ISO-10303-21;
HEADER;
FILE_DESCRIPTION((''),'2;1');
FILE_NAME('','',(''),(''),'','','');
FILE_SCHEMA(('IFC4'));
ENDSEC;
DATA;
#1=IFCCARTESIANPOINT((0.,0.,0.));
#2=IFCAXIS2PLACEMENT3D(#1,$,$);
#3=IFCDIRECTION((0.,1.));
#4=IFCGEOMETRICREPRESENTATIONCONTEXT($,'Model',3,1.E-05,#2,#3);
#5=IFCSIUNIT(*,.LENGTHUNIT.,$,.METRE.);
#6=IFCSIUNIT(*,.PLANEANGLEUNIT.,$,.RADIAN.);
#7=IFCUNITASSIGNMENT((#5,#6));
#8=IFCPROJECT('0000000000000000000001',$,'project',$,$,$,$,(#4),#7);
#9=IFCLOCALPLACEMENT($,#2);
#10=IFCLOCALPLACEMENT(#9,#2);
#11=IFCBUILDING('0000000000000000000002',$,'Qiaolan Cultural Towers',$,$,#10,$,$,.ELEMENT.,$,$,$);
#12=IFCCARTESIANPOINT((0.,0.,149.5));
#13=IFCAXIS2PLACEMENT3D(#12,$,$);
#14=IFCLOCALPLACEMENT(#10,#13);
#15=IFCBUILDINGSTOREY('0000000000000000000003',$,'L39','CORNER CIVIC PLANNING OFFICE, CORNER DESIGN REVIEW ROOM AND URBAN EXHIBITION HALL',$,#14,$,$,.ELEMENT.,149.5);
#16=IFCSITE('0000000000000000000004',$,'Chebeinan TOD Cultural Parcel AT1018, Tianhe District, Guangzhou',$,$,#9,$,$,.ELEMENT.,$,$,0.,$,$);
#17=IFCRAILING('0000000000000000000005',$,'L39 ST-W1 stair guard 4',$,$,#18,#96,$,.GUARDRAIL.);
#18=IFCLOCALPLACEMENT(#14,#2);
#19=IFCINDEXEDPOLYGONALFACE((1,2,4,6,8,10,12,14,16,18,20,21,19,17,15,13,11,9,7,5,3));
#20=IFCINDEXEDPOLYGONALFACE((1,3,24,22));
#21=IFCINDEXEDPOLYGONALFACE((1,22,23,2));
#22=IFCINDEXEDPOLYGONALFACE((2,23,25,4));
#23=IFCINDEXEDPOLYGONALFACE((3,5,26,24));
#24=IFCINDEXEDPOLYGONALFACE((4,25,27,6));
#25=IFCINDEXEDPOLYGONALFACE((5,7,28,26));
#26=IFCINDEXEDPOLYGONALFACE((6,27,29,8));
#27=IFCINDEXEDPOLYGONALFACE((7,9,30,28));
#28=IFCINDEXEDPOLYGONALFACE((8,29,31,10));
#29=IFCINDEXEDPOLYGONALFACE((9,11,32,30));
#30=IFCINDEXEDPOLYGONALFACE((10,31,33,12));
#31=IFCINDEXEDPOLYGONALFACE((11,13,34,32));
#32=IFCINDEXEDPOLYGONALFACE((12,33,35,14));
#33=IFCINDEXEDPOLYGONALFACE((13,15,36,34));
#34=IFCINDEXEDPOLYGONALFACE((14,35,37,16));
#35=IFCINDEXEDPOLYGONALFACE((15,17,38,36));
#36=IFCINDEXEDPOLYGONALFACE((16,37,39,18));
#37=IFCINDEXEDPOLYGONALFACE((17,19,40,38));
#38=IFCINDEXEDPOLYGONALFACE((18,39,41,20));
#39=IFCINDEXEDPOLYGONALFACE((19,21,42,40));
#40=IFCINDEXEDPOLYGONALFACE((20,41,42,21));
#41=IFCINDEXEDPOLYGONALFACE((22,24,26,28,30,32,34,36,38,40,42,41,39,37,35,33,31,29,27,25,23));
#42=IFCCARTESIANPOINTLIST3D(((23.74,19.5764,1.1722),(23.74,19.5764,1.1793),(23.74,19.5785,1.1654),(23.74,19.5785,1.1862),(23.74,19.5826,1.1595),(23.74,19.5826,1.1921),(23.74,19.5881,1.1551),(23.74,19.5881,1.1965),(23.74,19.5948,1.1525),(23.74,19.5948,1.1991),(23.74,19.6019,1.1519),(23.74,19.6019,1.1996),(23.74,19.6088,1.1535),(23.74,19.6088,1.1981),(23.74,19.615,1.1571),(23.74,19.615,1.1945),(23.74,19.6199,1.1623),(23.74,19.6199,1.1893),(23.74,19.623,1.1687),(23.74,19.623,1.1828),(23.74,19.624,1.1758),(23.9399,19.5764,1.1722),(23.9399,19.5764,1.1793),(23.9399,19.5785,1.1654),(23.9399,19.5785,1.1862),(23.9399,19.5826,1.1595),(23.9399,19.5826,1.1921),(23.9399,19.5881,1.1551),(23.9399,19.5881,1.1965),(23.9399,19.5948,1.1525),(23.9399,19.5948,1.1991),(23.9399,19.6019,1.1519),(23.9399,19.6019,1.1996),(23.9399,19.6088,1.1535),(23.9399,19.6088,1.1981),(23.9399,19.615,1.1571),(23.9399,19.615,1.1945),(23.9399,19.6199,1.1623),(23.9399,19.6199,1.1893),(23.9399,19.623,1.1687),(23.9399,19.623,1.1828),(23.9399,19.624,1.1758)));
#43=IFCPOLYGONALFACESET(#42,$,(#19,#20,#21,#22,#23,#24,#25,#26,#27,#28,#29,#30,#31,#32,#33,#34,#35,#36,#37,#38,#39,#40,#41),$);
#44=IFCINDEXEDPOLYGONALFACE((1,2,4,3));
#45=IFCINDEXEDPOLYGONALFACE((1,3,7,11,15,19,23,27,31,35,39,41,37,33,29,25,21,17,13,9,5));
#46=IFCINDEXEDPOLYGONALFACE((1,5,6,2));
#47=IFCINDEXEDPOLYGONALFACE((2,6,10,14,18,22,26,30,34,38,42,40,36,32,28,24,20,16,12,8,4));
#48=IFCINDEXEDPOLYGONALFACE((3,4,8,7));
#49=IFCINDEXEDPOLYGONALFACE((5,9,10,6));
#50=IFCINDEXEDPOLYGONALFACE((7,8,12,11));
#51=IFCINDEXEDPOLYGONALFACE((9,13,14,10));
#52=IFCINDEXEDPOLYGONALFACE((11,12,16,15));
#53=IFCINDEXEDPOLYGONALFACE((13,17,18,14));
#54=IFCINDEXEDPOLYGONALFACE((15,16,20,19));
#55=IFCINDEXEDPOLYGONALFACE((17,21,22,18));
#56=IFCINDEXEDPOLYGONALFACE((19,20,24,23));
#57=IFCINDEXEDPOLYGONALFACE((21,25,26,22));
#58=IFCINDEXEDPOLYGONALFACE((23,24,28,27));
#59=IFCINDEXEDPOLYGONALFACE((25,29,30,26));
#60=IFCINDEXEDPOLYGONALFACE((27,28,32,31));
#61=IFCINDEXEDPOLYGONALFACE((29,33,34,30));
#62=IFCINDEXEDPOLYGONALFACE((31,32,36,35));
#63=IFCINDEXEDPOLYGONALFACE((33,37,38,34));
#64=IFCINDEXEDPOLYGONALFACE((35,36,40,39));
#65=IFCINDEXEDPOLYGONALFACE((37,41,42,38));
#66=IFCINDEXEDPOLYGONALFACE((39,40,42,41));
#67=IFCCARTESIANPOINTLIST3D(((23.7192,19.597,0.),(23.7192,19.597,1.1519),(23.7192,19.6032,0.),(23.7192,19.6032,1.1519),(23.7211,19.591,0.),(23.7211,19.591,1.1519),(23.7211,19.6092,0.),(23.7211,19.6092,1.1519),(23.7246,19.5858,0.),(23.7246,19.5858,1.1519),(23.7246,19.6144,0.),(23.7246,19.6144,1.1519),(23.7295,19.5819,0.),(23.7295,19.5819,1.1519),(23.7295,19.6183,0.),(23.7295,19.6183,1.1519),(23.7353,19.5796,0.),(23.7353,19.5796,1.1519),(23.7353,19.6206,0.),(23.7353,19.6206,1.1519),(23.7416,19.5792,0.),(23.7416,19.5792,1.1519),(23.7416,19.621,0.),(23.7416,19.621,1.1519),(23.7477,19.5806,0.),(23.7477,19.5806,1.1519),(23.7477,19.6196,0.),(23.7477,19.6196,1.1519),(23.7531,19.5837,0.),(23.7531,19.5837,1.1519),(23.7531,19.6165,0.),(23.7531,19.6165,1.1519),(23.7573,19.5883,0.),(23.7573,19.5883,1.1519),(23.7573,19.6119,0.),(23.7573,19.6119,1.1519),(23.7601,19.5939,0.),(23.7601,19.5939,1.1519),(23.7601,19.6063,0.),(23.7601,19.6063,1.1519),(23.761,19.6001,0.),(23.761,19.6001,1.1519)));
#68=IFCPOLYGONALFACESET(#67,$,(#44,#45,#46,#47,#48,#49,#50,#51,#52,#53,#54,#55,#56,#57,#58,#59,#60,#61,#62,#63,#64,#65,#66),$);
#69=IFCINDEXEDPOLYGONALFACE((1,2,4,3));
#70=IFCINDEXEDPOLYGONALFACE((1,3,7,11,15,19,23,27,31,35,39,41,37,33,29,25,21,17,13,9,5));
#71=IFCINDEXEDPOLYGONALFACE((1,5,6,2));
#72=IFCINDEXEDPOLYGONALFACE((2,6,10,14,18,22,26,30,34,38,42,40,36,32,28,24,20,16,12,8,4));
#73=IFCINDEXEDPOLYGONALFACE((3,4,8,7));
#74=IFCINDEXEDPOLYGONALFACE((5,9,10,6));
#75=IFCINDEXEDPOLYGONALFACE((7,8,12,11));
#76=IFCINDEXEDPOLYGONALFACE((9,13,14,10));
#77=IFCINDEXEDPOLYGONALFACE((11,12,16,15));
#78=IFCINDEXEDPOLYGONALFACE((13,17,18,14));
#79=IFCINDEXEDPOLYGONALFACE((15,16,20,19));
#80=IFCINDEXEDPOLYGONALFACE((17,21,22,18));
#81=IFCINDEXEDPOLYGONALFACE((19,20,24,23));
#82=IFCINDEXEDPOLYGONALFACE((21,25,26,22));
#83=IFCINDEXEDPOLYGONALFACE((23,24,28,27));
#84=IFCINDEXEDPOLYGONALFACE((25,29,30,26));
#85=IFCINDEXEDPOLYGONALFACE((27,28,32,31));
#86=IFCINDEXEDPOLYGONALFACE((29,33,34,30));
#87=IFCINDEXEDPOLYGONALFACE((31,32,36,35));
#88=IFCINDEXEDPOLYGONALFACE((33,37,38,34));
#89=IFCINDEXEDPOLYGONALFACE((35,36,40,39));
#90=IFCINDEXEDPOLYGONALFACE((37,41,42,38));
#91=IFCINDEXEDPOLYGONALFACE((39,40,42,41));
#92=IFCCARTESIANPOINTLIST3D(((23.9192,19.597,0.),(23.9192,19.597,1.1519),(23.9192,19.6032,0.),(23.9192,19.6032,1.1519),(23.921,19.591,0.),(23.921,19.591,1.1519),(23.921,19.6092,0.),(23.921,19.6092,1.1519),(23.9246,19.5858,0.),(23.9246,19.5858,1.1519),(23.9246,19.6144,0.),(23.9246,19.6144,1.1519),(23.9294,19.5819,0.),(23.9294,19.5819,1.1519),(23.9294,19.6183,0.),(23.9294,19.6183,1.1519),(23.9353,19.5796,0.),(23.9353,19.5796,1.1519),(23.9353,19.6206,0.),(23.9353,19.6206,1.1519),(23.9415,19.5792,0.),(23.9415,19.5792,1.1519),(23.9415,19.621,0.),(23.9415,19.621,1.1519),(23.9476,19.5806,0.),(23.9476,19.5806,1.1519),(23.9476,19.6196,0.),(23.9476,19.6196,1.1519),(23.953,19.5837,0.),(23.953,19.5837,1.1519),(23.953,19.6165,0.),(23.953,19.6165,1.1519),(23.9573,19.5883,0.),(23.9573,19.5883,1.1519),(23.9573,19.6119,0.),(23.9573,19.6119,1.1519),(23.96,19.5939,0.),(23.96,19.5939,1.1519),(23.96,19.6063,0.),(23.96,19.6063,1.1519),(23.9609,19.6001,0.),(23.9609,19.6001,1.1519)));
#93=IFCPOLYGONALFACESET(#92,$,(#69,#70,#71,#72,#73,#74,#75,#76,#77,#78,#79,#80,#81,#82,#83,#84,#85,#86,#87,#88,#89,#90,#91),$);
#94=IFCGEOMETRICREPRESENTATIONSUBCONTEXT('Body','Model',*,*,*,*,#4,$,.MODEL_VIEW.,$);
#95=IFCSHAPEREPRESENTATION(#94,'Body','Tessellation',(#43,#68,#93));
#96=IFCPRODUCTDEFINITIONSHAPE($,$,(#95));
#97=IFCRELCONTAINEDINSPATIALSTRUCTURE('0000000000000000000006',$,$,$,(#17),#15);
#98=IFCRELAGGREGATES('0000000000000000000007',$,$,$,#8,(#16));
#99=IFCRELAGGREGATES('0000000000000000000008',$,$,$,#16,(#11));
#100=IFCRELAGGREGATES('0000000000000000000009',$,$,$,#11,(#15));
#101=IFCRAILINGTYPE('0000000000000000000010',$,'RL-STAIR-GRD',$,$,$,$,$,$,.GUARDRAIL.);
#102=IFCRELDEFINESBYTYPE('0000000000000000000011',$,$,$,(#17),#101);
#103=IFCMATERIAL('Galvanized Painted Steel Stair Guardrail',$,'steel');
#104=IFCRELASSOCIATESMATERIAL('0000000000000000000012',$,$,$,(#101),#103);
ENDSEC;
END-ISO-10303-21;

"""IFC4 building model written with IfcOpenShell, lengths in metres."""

from ifc_helpers import new_model, si_unit, direction, frame, origin, origin_2d, place, context, subcontext, project, spatial, circle, extrude, material, type_object, element, save


model = new_model("IFC4")

# Units and contexts
model_context = context("Model", 3, precision=1e-05, world=origin(), true_north=direction((0.0, 1.0)))
body_context = subcontext(model_context, "Body", "Model", "MODEL_VIEW")
ifc_project = project(units=[si_unit("LENGTHUNIT", "METRE"), si_unit("PLANEANGLEUNIT", "RADIAN")], contexts=[model_context])

# Site, building, storey
site_placement = place(None, origin())
site = spatial("IfcSite", under=ifc_project, at=site_placement, Name="Chebeinan TOD Cultural Parcel AT1018, Tianhe District, Guangzhou", CompositionType="ELEMENT", RefElevation=0.0)
building_placement = place(site_placement, origin())
building = spatial("IfcBuilding", under=site, at=building_placement, Name="Qiaolan Cultural Towers", CompositionType="ELEMENT")
storey_placement = place(building_placement, frame((0.0, 0.0, 149.5)))
storey = spatial("IfcBuildingStorey", under=building, at=storey_placement, Name="L39", Description="CORNER CIVIC PLANNING OFFICE, CORNER DESIGN REVIEW ROOM AND URBAN EXHIBITION HALL", CompositionType="ELEMENT", Elevation=149.5)

# Railing
ifc_material_1 = material(Name="Galvanized Painted Steel Stair Guardrail", Category="steel")
railing_type_1 = type_object("IfcRailingType", Name="RL-STAIR-GRD", PredefinedType="GUARDRAIL", material=ifc_material_1)
railing_1_placement = place(storey_placement, frame((23.74, 19.6001, 0.0)))
element("IfcRailing", 1, at=railing_1_placement, inside=storey, type_object=railing_type_1, Name="L39 ST-W1 stair guard 4", PredefinedType="GUARDRAIL", context=body_context, shape_type="SweptSolid", body=[
    extrude(circle(Radius=0.0239, at=origin_2d()), frame((0.0, 0.0, 1.1758), z_axis=(1.0, 0.0, 0.0), x_axis=(0.0, 1.0, 0.0)), (0.0, 0.0, 1.0), 0.2),
    extrude(circle(Radius=0.021, at=origin_2d()), origin(), (0.0, 0.0, 1.0), 1.1519),
    extrude(circle(Radius=0.021, at=origin_2d()), frame((0.2, 0.0, 0.0)), (0.0, 0.0, 1.0), 1.1519),
])

save(model, "model.ifc")
